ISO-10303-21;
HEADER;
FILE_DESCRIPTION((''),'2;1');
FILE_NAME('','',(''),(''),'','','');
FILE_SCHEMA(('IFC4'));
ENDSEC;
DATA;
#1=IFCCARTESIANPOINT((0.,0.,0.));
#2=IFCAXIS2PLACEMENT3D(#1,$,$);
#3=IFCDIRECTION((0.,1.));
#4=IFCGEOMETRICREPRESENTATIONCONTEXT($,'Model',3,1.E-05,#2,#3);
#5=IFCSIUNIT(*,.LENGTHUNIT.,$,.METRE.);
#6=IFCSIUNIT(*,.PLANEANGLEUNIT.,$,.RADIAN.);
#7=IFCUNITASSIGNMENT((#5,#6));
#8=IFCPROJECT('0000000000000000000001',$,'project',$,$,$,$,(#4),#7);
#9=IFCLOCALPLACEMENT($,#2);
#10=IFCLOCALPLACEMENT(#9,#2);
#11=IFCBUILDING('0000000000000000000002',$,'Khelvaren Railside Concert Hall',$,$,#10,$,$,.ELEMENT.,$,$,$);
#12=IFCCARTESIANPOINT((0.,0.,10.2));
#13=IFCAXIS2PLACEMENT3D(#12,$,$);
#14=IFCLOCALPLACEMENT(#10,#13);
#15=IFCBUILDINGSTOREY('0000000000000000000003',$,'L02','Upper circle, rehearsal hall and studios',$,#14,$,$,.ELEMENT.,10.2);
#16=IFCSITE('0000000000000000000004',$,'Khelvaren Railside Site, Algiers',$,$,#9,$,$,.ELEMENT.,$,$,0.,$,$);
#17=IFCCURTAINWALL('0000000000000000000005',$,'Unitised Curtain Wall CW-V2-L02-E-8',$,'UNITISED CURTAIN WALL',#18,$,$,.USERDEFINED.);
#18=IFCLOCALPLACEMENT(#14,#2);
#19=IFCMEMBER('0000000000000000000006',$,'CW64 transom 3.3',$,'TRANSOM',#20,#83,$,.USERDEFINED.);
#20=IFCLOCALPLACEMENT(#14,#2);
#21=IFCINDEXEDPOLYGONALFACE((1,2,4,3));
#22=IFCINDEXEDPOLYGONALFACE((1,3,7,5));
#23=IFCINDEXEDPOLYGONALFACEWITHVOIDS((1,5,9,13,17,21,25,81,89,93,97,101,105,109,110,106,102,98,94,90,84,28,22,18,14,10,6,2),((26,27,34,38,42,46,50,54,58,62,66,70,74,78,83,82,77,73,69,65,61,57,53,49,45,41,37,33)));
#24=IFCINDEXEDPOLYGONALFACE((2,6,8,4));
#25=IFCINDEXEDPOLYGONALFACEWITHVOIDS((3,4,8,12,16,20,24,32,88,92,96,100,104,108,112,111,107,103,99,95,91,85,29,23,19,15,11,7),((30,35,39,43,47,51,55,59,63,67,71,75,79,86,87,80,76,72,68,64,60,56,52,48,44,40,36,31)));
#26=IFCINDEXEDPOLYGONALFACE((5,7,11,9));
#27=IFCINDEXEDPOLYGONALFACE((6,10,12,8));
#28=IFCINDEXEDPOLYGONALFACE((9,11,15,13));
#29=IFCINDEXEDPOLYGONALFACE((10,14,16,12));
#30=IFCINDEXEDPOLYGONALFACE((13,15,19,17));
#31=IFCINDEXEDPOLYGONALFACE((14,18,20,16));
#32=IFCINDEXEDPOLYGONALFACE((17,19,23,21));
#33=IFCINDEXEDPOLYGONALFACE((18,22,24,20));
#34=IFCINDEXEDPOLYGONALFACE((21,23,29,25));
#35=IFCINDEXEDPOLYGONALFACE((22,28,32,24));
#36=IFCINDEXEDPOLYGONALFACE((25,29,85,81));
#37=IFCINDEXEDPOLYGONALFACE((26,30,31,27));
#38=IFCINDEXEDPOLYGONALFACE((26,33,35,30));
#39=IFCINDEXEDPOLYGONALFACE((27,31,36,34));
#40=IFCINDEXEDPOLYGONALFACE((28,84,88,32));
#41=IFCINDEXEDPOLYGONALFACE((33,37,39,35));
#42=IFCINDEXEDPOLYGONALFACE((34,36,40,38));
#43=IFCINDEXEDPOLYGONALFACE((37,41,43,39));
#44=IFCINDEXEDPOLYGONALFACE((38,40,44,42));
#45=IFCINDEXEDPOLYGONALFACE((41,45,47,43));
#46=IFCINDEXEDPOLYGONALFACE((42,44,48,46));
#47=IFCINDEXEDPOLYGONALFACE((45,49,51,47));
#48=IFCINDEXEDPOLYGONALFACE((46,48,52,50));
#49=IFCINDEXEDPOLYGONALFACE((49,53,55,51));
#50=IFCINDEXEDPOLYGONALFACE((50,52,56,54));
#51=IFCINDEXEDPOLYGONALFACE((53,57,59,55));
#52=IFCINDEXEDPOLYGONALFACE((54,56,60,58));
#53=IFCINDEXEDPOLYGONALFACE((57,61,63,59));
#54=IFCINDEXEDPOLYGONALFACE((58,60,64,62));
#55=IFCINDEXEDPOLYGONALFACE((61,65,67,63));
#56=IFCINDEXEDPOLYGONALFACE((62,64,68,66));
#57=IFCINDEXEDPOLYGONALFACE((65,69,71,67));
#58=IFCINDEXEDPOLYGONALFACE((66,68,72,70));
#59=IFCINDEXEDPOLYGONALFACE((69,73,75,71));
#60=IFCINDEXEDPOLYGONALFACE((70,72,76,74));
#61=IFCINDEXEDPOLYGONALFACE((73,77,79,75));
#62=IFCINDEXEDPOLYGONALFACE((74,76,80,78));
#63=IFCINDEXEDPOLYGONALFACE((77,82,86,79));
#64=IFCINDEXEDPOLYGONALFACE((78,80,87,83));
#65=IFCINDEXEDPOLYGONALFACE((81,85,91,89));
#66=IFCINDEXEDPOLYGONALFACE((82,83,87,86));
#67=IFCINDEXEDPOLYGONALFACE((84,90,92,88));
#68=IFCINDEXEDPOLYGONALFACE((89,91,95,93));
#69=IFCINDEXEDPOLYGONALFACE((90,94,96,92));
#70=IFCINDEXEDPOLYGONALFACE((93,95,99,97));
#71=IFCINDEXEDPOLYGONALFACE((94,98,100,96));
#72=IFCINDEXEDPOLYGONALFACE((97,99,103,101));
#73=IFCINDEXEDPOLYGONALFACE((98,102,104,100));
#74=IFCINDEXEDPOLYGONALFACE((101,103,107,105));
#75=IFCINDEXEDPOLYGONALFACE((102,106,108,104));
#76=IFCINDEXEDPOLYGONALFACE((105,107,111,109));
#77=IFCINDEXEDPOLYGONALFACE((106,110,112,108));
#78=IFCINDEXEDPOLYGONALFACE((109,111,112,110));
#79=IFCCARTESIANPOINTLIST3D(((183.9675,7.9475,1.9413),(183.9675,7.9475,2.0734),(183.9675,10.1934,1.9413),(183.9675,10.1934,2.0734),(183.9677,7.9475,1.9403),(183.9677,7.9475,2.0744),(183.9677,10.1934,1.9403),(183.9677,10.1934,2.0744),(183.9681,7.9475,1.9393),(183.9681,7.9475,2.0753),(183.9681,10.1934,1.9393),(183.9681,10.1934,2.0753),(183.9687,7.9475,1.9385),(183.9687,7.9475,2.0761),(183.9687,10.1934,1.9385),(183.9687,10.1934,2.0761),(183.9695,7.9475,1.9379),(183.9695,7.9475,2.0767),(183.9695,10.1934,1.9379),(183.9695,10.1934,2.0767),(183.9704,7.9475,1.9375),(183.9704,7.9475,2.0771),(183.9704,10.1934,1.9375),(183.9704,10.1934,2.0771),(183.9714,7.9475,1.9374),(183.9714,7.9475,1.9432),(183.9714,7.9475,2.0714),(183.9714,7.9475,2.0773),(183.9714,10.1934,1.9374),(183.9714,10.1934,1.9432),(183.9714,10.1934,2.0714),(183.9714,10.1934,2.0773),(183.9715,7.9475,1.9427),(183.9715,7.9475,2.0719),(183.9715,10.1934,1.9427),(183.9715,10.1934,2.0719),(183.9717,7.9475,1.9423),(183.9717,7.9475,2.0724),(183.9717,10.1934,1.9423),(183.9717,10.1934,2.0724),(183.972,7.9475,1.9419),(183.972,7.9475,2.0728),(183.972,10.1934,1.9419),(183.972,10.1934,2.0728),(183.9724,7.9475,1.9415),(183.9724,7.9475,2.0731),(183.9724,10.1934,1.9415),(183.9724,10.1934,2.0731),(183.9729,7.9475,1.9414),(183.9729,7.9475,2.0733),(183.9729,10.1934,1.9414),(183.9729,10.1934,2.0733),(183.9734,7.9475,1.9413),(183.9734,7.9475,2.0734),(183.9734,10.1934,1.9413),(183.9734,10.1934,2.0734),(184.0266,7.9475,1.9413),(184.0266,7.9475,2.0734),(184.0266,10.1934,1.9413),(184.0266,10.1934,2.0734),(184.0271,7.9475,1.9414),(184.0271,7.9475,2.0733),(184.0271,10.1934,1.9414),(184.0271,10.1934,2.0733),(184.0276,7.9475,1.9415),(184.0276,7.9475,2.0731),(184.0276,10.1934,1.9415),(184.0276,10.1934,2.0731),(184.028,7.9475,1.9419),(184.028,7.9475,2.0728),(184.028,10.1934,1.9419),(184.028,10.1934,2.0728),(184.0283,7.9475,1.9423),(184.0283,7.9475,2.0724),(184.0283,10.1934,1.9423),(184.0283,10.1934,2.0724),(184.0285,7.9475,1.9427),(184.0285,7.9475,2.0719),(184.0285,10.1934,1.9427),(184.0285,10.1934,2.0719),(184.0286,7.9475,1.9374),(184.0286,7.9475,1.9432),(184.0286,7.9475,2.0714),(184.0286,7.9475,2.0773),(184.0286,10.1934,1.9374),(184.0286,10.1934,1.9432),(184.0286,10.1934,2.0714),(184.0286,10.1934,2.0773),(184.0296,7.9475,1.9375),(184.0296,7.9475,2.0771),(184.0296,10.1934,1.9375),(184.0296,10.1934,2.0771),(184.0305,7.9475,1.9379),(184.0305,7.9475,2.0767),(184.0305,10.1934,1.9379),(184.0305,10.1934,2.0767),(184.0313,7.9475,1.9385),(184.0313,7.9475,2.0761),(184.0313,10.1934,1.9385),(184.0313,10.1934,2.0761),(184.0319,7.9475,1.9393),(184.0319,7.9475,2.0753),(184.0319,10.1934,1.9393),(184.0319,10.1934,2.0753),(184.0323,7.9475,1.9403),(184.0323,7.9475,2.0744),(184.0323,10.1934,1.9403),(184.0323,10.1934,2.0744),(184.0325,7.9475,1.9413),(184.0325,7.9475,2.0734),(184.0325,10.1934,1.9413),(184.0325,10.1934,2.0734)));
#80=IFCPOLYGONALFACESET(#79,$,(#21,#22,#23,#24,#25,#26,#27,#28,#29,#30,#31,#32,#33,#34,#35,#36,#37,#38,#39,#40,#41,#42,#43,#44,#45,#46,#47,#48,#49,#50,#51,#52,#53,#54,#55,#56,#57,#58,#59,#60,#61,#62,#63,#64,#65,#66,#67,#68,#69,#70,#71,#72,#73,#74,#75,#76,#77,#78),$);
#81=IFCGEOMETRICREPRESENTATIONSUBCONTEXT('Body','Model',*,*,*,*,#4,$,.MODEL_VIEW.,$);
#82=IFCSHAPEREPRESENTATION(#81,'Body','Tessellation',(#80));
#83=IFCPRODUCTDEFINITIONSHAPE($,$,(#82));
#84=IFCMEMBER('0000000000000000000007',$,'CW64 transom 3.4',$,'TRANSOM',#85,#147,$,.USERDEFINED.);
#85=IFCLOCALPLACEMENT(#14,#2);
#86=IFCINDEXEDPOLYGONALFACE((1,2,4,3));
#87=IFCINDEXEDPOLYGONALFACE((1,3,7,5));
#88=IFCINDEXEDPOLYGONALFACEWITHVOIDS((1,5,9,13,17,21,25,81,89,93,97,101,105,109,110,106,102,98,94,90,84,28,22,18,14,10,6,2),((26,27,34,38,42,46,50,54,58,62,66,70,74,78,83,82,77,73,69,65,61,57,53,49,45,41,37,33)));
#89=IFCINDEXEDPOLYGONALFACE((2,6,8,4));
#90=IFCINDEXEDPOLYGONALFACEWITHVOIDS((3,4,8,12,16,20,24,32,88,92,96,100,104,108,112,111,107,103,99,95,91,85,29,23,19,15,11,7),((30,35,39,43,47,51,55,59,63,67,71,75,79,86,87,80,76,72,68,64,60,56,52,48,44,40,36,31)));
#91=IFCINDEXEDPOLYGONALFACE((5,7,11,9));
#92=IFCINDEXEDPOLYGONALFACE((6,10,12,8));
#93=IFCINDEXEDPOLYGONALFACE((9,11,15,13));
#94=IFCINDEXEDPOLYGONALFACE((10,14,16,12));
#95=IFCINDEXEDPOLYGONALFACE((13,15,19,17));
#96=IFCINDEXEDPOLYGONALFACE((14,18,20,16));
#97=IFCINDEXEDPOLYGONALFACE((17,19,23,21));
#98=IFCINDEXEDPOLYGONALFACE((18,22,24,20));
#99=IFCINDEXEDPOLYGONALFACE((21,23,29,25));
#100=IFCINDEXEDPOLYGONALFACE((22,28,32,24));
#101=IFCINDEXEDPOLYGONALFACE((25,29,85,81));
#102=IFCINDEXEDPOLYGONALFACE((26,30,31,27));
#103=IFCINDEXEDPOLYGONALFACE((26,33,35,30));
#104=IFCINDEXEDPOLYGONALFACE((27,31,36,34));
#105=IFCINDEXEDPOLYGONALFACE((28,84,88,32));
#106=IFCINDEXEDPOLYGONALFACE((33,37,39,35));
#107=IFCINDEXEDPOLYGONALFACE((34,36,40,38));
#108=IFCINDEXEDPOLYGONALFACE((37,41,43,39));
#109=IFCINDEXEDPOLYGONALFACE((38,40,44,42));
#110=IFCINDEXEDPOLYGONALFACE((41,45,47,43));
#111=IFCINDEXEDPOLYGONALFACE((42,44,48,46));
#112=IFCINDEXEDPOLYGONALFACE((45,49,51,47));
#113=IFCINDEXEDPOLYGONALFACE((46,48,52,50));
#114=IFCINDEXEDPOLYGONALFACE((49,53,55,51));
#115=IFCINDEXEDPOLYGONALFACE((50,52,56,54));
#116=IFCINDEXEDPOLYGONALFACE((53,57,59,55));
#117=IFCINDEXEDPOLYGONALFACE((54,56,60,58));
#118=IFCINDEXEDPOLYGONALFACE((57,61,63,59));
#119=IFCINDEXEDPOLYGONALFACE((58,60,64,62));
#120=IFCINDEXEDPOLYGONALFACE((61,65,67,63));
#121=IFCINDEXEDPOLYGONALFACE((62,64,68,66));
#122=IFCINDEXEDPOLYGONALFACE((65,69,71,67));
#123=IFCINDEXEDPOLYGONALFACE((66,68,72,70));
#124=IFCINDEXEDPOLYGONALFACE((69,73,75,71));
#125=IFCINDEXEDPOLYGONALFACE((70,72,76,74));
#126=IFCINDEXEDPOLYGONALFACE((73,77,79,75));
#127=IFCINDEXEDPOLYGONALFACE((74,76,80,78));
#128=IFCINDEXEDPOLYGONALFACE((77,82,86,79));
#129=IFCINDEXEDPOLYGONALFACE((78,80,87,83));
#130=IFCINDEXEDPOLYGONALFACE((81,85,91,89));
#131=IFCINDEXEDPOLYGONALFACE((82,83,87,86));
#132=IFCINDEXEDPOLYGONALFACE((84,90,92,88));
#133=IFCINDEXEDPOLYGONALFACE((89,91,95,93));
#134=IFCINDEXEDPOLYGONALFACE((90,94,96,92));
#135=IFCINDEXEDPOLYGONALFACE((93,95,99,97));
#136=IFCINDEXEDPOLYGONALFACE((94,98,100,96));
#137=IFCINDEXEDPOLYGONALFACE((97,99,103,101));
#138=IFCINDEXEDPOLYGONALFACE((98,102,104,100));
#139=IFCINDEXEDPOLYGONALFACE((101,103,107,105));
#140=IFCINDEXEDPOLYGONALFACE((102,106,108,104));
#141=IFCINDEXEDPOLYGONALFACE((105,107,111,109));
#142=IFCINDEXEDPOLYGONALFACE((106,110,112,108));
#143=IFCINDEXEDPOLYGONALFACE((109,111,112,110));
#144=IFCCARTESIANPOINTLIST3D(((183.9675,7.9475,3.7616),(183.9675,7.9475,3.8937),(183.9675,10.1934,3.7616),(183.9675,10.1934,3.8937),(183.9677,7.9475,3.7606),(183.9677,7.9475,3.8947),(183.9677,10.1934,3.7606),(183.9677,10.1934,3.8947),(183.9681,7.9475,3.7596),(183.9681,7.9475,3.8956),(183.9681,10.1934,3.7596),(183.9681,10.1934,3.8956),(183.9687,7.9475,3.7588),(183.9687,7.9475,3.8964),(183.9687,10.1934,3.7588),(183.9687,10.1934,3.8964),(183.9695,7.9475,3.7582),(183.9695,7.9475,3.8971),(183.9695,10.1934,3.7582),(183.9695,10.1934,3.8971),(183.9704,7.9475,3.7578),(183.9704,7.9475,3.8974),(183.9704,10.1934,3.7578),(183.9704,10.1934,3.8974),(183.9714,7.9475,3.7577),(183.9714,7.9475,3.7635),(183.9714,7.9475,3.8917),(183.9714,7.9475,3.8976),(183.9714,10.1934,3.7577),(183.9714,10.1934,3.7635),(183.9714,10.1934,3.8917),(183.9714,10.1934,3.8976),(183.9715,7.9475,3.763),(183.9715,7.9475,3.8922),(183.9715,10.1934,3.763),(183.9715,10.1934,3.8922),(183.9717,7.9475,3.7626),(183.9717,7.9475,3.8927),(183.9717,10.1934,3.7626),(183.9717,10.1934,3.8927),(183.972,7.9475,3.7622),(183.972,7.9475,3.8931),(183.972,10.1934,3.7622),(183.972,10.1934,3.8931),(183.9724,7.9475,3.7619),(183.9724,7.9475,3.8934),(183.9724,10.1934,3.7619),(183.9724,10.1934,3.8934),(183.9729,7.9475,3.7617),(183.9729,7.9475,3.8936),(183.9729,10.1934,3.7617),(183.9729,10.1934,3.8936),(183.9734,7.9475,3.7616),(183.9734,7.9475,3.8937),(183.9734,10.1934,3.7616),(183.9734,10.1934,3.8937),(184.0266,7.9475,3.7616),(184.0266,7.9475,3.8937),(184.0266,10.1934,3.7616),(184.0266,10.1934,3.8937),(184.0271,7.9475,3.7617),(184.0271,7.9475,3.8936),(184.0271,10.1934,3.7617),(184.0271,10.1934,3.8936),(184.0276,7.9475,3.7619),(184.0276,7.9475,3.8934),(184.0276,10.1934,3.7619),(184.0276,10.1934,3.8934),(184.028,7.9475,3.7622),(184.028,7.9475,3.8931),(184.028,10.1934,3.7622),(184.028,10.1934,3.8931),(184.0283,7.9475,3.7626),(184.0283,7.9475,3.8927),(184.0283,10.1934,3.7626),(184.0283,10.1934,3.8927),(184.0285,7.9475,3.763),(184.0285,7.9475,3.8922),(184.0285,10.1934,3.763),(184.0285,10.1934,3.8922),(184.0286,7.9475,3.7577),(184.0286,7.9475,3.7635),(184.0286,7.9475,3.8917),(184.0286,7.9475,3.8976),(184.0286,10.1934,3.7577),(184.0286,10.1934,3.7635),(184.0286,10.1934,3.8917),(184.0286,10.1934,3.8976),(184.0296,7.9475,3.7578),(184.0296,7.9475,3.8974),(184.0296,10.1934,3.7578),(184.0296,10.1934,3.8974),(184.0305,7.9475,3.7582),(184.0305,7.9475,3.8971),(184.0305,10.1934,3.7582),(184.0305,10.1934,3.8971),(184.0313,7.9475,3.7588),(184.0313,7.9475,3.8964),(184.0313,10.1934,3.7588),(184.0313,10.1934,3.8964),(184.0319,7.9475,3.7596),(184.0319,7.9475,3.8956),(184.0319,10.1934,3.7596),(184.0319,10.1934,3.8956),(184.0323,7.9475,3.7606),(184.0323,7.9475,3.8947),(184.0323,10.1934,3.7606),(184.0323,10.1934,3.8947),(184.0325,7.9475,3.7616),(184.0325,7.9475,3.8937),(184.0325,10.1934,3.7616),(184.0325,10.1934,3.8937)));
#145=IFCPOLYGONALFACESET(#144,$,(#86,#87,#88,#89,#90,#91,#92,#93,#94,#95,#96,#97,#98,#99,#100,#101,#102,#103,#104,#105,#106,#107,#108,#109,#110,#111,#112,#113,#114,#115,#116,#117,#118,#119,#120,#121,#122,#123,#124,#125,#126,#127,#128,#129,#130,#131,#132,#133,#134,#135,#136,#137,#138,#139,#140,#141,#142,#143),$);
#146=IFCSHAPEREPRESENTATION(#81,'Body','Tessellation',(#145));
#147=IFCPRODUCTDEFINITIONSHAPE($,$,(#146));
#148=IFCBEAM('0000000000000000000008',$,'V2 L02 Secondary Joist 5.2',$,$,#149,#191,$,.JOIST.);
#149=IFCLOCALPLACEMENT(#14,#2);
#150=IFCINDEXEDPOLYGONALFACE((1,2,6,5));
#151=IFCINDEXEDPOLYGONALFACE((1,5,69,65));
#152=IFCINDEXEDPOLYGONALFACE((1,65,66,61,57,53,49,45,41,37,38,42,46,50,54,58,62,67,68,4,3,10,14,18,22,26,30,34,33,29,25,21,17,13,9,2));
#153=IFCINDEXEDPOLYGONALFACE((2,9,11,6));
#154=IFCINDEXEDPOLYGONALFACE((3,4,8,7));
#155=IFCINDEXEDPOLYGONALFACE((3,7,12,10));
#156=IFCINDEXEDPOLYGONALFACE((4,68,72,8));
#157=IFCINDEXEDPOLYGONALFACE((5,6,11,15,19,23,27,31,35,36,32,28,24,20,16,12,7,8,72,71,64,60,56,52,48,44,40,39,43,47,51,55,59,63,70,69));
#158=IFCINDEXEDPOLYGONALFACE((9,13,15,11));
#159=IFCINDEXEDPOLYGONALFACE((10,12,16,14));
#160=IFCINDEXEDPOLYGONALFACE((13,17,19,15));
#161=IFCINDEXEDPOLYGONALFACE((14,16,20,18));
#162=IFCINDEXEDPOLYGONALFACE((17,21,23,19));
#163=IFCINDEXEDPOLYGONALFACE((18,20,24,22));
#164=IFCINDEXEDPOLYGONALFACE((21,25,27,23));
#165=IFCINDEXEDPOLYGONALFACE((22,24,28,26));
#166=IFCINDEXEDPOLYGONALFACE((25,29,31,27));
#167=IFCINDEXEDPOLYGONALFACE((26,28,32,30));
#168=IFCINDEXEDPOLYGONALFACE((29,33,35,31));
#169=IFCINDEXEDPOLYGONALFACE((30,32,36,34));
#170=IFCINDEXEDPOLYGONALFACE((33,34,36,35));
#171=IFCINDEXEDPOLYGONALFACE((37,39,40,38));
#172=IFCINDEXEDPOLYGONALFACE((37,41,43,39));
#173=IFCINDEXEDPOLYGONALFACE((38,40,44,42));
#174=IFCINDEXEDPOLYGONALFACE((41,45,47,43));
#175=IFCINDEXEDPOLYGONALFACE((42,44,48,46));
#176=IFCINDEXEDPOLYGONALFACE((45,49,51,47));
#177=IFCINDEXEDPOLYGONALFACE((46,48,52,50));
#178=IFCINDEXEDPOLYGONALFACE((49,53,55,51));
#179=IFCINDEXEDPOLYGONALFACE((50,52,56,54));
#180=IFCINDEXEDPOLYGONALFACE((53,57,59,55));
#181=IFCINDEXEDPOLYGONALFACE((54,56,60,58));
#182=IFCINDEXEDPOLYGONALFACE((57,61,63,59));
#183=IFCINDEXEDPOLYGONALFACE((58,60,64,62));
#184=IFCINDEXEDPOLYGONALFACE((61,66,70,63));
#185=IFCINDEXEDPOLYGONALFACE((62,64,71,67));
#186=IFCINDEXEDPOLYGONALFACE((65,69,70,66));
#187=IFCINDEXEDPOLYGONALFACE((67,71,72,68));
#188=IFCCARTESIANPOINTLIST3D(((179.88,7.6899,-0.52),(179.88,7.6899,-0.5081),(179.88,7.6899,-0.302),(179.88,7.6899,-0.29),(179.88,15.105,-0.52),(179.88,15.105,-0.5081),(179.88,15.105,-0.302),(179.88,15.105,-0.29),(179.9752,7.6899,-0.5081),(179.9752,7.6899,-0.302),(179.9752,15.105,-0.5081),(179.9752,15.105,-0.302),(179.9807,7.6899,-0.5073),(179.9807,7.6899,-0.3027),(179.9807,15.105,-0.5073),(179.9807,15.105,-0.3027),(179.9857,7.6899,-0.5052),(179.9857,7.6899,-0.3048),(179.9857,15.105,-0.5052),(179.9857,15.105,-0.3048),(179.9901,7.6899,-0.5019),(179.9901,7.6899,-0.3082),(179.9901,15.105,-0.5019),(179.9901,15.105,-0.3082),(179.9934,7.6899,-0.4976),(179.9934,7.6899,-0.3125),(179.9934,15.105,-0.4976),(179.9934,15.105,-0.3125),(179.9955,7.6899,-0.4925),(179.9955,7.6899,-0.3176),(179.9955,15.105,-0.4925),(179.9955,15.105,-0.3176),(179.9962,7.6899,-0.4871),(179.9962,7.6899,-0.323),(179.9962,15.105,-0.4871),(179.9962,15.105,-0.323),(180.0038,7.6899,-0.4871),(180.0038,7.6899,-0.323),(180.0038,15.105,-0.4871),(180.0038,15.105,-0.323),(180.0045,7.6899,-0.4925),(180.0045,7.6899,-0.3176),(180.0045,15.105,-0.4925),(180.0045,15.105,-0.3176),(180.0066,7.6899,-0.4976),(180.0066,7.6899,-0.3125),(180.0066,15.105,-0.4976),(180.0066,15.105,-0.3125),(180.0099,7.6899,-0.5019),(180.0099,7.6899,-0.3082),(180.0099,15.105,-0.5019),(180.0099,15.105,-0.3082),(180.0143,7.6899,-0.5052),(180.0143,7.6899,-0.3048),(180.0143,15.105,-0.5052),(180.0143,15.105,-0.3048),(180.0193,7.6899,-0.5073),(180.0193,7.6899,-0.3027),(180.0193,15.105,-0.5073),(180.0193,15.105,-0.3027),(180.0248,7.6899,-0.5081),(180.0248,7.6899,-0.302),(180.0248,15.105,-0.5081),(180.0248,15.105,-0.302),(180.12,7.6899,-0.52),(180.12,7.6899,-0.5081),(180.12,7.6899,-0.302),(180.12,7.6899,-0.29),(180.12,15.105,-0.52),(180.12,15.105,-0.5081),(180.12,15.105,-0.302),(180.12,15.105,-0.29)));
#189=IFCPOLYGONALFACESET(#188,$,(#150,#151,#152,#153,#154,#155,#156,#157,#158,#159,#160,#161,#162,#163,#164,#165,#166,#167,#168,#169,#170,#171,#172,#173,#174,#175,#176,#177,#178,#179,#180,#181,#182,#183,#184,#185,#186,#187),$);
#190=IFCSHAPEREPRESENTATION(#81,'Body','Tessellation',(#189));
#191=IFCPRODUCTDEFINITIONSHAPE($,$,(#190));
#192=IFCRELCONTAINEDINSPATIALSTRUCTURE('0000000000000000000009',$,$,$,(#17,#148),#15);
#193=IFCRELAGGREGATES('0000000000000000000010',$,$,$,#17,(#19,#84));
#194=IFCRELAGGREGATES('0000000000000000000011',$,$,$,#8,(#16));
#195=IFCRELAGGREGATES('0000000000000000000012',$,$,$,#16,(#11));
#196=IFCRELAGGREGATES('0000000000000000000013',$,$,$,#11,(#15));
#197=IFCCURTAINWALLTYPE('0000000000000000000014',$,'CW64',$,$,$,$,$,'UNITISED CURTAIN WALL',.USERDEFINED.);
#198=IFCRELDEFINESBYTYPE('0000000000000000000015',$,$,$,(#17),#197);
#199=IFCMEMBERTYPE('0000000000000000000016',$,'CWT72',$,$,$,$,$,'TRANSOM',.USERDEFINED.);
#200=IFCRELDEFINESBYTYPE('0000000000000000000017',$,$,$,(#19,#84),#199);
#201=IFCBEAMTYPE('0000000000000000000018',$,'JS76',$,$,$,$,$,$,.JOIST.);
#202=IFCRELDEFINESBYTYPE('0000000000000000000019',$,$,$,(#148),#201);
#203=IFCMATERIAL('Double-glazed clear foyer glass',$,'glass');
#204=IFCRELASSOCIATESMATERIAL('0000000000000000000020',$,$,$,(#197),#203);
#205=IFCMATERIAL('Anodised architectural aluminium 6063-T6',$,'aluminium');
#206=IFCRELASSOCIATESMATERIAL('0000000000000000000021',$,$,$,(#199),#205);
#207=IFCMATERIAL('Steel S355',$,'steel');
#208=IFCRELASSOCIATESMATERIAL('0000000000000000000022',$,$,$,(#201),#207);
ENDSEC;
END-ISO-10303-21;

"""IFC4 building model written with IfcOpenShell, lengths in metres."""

from ifc_helpers import new_model, si_unit, direction, frame, origin, origin_2d, place, context, subcontext, project, spatial, hollow_rectangle, i_section, extrude, material, material_profile, profile_set, type_object, element, aggregate, save


model = new_model("IFC4")

# Units and contexts
model_context = context("Model", 3, precision=1e-05, world=origin(), true_north=direction((0.0, 1.0)))
body_context = subcontext(model_context, "Body", "Model", "MODEL_VIEW")
ifc_project = project(units=[si_unit("LENGTHUNIT", "METRE"), si_unit("PLANEANGLEUNIT", "RADIAN")], contexts=[model_context])

# Site, building, storey
site_placement = place(None, origin())
site = spatial("IfcSite", under=ifc_project, at=site_placement, Name="Khelvaren Railside Site, Algiers", CompositionType="ELEMENT", RefElevation=0.0)
building_placement = place(site_placement, origin())
building = spatial("IfcBuilding", under=site, at=building_placement, Name="Khelvaren Railside Concert Hall", CompositionType="ELEMENT")
storey_placement = place(building_placement, frame((0.0, 0.0, 10.2)))
storey = spatial("IfcBuildingStorey", under=building, at=storey_placement, Name="L02", Description="Upper circle, rehearsal hall and studios", CompositionType="ELEMENT", Elevation=10.2)

# Shared definitions
ifc_material_1 = material(Name="Steel S355", Category="steel")

# Shared definitions
ifc_material_2 = material(Name="Double-glazed clear foyer glass", Category="glass")
ifc_material_3 = material(Name="Anodised architectural aluminium 6063-T6", Category="aluminium")

# Curtain wall
curtain_wall_type_1 = type_object("IfcCurtainWallType", Name="CW64", ElementType="UNITISED CURTAIN WALL", PredefinedType="USERDEFINED", material=ifc_material_2)
curtain_wall_1_placement = place(storey_placement, origin())
curtain_wall_1 = element("IfcCurtainWall", 1, at=curtain_wall_1_placement, inside=storey, type_object=curtain_wall_type_1, Name="Unitised Curtain Wall CW-V2-L02-E-8", ObjectType="UNITISED CURTAIN WALL", PredefinedType="USERDEFINED")

# Members
ifc_material_profile_1 = material_profile(ifc_material_3, hollow_rectangle(XDim=0.0649, YDim=0.1399, WallThickness=0.0039, InnerFilletRadius=0.002, OuterFilletRadius=0.0039, at=origin_2d()), Name="CWT 65x140x4")
ifc_profile_set_1 = profile_set([ifc_material_profile_1], Name="Anodised architectural aluminium 6063-T6")
member_type_1 = type_object("IfcMemberType", Name="CWT72", ElementType="TRANSOM", PredefinedType="USERDEFINED", material=ifc_profile_set_1)
member_1_placement = place(storey_placement, frame((184.0, 10.1934, 2.0073), z_axis=(0.0, -1.0, 0.0), x_axis=(1.0, 0.0, 0.0)))
member_1 = element("IfcMember", 2, at=member_1_placement, type_object=member_type_1, Name="CW64 transom 3.3", ObjectType="TRANSOM", PredefinedType="USERDEFINED", context=body_context, shape_type="SweptSolid", body=[
    extrude(hollow_rectangle(XDim=0.0649, YDim=0.1399, WallThickness=0.0039, InnerFilletRadius=0.002, OuterFilletRadius=0.0039, at=origin_2d()), origin(), (0.0, 0.0, 1.0), 2.2458),
])
member_2_placement = place(storey_placement, frame((184.0, 10.1934, 3.8276), z_axis=(0.0, -1.0, 0.0), x_axis=(1.0, 0.0, 0.0)))
member_2 = element("IfcMember", 3, at=member_2_placement, type_object=member_type_1, Name="CW64 transom 3.4", ObjectType="TRANSOM", PredefinedType="USERDEFINED", context=body_context, shape_type="SweptSolid", body=[
    extrude(hollow_rectangle(XDim=0.0649, YDim=0.1399, WallThickness=0.0039, InnerFilletRadius=0.002, OuterFilletRadius=0.0039, at=origin_2d()), origin(), (0.0, 0.0, 1.0), 2.2458),
])

# Beam
ifc_material_profile_2 = material_profile(ifc_material_1, i_section(OverallWidth=0.24, OverallDepth=0.23, WebThickness=0.0076, FlangeThickness=0.012, FilletRadius=0.021, at=origin_2d()), Name="HEA 240")
ifc_profile_set_2 = profile_set([ifc_material_profile_2], Name="Steel S355")
beam_type_1 = type_object("IfcBeamType", Name="JS76", PredefinedType="JOIST", material=ifc_profile_set_2)
beam_1_placement = place(storey_placement, frame((180.0, 7.6899, -0.405), z_axis=(0.0, 1.0, 0.0), x_axis=(-1.0, 0.0, 0.0)))
element("IfcBeam", 4, at=beam_1_placement, inside=storey, type_object=beam_type_1, Name="V2 L02 Secondary Joist 5.2", PredefinedType="JOIST", context=body_context, shape_type="SweptSolid", body=[
    extrude(i_section(OverallWidth=0.24, OverallDepth=0.23, WebThickness=0.0076, FlangeThickness=0.012, FilletRadius=0.021, at=origin_2d()), origin(), (0.0, 0.0, 1.0), 7.415),
])

aggregate(curtain_wall_1, [member_1, member_2])

save(model, "model.ifc")
